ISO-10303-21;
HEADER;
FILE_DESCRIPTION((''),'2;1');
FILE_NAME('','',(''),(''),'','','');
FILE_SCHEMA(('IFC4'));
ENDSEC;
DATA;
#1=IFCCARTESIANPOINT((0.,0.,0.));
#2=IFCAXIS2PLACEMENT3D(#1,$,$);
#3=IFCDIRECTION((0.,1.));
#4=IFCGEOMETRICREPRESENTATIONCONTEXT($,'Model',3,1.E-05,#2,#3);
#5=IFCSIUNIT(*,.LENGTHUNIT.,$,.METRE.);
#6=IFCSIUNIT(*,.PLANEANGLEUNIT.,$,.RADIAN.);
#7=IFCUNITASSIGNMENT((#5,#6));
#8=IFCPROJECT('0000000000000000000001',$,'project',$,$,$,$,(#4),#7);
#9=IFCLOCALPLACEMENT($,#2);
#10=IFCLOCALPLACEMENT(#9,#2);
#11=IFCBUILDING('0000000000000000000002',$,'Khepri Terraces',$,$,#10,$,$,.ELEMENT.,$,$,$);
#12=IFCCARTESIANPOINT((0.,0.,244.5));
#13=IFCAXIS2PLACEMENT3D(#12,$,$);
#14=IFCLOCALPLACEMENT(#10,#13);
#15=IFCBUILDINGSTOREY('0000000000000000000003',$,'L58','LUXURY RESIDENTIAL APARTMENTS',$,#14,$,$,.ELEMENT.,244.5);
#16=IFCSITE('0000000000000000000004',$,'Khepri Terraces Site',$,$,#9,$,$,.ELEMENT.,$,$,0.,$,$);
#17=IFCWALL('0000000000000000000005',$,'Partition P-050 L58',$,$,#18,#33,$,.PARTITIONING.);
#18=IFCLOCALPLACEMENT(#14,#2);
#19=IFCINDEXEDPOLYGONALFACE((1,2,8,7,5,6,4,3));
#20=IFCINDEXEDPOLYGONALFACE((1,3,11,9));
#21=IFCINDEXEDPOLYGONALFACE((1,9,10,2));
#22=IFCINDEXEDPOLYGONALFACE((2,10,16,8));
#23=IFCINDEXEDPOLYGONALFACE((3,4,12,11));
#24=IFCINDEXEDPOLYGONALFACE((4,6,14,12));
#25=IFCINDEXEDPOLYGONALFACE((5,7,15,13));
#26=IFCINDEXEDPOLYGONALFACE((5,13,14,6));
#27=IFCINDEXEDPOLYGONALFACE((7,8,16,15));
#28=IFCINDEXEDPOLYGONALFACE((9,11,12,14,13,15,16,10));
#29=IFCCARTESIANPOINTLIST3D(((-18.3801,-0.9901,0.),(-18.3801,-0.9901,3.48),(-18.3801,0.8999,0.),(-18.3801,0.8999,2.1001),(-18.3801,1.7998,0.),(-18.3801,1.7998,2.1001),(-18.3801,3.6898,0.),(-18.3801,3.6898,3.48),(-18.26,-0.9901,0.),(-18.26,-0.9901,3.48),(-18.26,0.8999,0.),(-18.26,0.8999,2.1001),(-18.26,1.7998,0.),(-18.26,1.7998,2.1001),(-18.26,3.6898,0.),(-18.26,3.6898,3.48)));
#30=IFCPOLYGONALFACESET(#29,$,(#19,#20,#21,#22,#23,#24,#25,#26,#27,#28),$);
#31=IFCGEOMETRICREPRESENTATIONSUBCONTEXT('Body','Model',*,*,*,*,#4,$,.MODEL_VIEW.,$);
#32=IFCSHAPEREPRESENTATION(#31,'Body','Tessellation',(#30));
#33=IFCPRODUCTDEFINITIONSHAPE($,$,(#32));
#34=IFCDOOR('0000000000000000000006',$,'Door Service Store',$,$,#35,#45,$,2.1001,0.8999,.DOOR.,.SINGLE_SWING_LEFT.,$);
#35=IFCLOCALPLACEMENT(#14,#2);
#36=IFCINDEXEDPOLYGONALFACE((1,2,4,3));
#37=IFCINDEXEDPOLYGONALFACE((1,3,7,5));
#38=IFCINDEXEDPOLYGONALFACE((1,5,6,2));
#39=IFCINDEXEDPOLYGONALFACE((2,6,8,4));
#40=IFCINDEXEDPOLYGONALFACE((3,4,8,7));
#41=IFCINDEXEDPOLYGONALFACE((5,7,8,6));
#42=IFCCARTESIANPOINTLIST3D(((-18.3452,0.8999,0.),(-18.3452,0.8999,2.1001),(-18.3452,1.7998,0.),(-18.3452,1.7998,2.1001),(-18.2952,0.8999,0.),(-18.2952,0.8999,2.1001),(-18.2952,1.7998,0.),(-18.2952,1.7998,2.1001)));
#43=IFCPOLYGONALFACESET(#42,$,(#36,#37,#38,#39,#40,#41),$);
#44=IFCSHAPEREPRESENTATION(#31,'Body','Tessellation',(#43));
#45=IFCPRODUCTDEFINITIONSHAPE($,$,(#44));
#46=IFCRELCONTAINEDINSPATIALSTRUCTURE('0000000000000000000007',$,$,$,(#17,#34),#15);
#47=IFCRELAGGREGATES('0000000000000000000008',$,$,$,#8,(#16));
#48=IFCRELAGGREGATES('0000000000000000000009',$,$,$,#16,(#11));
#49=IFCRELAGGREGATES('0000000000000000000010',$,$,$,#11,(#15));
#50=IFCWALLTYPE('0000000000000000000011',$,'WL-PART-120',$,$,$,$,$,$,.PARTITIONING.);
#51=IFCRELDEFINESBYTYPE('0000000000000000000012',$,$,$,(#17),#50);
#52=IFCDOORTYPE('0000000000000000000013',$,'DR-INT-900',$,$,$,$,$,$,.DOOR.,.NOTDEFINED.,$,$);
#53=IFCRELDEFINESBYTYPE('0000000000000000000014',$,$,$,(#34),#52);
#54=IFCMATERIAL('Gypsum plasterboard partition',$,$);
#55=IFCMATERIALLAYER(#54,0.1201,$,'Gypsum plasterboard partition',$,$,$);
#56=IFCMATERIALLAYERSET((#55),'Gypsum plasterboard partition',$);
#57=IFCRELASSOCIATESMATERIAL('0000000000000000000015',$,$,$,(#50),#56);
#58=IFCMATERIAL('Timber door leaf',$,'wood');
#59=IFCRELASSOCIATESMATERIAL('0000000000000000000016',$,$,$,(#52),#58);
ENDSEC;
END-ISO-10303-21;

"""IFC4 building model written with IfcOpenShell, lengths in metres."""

from ifc_helpers import new_model, si_unit, direction, frame, frame_2d, origin, place, context, subcontext, project, spatial, rectangle, extrude, material, layer, layer_set, type_object, element, fill, save


model = new_model("IFC4")

# Units and contexts
model_context = context("Model", 3, precision=1e-05, world=origin(), true_north=direction((0.0, 1.0)))
body_context = subcontext(model_context, "Body", "Model", "MODEL_VIEW")
ifc_project = project(units=[si_unit("LENGTHUNIT", "METRE"), si_unit("PLANEANGLEUNIT", "RADIAN")], contexts=[model_context])

# Site, building, storey
site_placement = place(None, origin())
site = spatial("IfcSite", under=ifc_project, at=site_placement, Name="Khepri Terraces Site", CompositionType="ELEMENT", RefElevation=0.0)
building_placement = place(site_placement, origin())
building = spatial("IfcBuilding", under=site, at=building_placement, Name="Khepri Terraces", CompositionType="ELEMENT")
storey_placement = place(building_placement, frame((0.0, 0.0, 244.5)))
storey = spatial("IfcBuildingStorey", under=building, at=storey_placement, Name="L58", Description="LUXURY RESIDENTIAL APARTMENTS", CompositionType="ELEMENT", Elevation=244.5)

# Shared definitions
ifc_material_1 = material(Name="Gypsum plasterboard partition")
ifc_layer_1 = layer(ifc_material_1, 0.1201, Name="Gypsum plasterboard partition")
ifc_layer_set_1 = layer_set([ifc_layer_1], Name="Gypsum plasterboard partition")
wall_type_1 = type_object("IfcWallType", Name="WL-PART-120", PredefinedType="PARTITIONING", material=ifc_layer_set_1)

# Shared definitions
ifc_material_2 = material(Name="Timber door leaf", Category="wood")
door_type_1 = type_object("IfcDoorType", Name="DR-INT-900", OperationType="NOTDEFINED", PredefinedType="DOOR", material=ifc_material_2)

# Wall, opening, door
wall_1_placement = place(storey_placement, frame((-18.3201, -0.99, 0.0), z_axis=(0.0, 0.0, 1.0), x_axis=(0.0, 1.0, 0.0)))
wall_1 = element("IfcWall", 1, at=wall_1_placement, inside=storey, type_object=wall_type_1, Name="Partition P-050 L58", PredefinedType="PARTITIONING", context=body_context, shape_type="SweptSolid", body=[
    extrude(rectangle(XDim=4.6799, YDim=0.1201, at=frame_2d((2.3398, 0.0))), origin(), (0.0, 0.0, 1.0), 3.48),
])
opening_1_placement = place(wall_1_placement, frame((1.8899, 0.0, 0.0)))
opening_1 = element("IfcOpeningElement", 2, at=opening_1_placement, cuts=wall_1, PredefinedType="OPENING", context=body_context, shape_type="SweptSolid", body=[
    extrude(rectangle(XDim=0.8999, YDim=2.1001, at=frame_2d((0.45, 1.05))), frame((0.0, 0.0701, 0.0), z_axis=(0.0, -1.0, 0.0), x_axis=(1.0, 0.0, 0.0)), (0.0, 0.0, 1.0), 0.1401),
])
door_1_placement = place(opening_1_placement, frame((0.8999, 0.0, 0.0), z_axis=(0.0, 0.0, 1.0), x_axis=(-1.0, 0.0, 0.0)))
door_1 = element("IfcDoor", 3, at=door_1_placement, inside=storey, type_object=door_type_1, Name="Door Service Store", OperationType="SINGLE_SWING_LEFT", OverallHeight=2.1001, OverallWidth=0.8999, PredefinedType="DOOR", context=body_context, shape_type="SweptSolid", body=[
    extrude(rectangle(XDim=0.8999, YDim=2.1001, at=frame_2d((0.45, 1.05))), frame((0.0, 0.0249, 0.0), z_axis=(0.0, -1.0, 0.0), x_axis=(1.0, 0.0, 0.0)), (0.0, 0.0, 1.0), 0.05),
])
fill(opening_1, door_1)

save(model, "model.ifc")
